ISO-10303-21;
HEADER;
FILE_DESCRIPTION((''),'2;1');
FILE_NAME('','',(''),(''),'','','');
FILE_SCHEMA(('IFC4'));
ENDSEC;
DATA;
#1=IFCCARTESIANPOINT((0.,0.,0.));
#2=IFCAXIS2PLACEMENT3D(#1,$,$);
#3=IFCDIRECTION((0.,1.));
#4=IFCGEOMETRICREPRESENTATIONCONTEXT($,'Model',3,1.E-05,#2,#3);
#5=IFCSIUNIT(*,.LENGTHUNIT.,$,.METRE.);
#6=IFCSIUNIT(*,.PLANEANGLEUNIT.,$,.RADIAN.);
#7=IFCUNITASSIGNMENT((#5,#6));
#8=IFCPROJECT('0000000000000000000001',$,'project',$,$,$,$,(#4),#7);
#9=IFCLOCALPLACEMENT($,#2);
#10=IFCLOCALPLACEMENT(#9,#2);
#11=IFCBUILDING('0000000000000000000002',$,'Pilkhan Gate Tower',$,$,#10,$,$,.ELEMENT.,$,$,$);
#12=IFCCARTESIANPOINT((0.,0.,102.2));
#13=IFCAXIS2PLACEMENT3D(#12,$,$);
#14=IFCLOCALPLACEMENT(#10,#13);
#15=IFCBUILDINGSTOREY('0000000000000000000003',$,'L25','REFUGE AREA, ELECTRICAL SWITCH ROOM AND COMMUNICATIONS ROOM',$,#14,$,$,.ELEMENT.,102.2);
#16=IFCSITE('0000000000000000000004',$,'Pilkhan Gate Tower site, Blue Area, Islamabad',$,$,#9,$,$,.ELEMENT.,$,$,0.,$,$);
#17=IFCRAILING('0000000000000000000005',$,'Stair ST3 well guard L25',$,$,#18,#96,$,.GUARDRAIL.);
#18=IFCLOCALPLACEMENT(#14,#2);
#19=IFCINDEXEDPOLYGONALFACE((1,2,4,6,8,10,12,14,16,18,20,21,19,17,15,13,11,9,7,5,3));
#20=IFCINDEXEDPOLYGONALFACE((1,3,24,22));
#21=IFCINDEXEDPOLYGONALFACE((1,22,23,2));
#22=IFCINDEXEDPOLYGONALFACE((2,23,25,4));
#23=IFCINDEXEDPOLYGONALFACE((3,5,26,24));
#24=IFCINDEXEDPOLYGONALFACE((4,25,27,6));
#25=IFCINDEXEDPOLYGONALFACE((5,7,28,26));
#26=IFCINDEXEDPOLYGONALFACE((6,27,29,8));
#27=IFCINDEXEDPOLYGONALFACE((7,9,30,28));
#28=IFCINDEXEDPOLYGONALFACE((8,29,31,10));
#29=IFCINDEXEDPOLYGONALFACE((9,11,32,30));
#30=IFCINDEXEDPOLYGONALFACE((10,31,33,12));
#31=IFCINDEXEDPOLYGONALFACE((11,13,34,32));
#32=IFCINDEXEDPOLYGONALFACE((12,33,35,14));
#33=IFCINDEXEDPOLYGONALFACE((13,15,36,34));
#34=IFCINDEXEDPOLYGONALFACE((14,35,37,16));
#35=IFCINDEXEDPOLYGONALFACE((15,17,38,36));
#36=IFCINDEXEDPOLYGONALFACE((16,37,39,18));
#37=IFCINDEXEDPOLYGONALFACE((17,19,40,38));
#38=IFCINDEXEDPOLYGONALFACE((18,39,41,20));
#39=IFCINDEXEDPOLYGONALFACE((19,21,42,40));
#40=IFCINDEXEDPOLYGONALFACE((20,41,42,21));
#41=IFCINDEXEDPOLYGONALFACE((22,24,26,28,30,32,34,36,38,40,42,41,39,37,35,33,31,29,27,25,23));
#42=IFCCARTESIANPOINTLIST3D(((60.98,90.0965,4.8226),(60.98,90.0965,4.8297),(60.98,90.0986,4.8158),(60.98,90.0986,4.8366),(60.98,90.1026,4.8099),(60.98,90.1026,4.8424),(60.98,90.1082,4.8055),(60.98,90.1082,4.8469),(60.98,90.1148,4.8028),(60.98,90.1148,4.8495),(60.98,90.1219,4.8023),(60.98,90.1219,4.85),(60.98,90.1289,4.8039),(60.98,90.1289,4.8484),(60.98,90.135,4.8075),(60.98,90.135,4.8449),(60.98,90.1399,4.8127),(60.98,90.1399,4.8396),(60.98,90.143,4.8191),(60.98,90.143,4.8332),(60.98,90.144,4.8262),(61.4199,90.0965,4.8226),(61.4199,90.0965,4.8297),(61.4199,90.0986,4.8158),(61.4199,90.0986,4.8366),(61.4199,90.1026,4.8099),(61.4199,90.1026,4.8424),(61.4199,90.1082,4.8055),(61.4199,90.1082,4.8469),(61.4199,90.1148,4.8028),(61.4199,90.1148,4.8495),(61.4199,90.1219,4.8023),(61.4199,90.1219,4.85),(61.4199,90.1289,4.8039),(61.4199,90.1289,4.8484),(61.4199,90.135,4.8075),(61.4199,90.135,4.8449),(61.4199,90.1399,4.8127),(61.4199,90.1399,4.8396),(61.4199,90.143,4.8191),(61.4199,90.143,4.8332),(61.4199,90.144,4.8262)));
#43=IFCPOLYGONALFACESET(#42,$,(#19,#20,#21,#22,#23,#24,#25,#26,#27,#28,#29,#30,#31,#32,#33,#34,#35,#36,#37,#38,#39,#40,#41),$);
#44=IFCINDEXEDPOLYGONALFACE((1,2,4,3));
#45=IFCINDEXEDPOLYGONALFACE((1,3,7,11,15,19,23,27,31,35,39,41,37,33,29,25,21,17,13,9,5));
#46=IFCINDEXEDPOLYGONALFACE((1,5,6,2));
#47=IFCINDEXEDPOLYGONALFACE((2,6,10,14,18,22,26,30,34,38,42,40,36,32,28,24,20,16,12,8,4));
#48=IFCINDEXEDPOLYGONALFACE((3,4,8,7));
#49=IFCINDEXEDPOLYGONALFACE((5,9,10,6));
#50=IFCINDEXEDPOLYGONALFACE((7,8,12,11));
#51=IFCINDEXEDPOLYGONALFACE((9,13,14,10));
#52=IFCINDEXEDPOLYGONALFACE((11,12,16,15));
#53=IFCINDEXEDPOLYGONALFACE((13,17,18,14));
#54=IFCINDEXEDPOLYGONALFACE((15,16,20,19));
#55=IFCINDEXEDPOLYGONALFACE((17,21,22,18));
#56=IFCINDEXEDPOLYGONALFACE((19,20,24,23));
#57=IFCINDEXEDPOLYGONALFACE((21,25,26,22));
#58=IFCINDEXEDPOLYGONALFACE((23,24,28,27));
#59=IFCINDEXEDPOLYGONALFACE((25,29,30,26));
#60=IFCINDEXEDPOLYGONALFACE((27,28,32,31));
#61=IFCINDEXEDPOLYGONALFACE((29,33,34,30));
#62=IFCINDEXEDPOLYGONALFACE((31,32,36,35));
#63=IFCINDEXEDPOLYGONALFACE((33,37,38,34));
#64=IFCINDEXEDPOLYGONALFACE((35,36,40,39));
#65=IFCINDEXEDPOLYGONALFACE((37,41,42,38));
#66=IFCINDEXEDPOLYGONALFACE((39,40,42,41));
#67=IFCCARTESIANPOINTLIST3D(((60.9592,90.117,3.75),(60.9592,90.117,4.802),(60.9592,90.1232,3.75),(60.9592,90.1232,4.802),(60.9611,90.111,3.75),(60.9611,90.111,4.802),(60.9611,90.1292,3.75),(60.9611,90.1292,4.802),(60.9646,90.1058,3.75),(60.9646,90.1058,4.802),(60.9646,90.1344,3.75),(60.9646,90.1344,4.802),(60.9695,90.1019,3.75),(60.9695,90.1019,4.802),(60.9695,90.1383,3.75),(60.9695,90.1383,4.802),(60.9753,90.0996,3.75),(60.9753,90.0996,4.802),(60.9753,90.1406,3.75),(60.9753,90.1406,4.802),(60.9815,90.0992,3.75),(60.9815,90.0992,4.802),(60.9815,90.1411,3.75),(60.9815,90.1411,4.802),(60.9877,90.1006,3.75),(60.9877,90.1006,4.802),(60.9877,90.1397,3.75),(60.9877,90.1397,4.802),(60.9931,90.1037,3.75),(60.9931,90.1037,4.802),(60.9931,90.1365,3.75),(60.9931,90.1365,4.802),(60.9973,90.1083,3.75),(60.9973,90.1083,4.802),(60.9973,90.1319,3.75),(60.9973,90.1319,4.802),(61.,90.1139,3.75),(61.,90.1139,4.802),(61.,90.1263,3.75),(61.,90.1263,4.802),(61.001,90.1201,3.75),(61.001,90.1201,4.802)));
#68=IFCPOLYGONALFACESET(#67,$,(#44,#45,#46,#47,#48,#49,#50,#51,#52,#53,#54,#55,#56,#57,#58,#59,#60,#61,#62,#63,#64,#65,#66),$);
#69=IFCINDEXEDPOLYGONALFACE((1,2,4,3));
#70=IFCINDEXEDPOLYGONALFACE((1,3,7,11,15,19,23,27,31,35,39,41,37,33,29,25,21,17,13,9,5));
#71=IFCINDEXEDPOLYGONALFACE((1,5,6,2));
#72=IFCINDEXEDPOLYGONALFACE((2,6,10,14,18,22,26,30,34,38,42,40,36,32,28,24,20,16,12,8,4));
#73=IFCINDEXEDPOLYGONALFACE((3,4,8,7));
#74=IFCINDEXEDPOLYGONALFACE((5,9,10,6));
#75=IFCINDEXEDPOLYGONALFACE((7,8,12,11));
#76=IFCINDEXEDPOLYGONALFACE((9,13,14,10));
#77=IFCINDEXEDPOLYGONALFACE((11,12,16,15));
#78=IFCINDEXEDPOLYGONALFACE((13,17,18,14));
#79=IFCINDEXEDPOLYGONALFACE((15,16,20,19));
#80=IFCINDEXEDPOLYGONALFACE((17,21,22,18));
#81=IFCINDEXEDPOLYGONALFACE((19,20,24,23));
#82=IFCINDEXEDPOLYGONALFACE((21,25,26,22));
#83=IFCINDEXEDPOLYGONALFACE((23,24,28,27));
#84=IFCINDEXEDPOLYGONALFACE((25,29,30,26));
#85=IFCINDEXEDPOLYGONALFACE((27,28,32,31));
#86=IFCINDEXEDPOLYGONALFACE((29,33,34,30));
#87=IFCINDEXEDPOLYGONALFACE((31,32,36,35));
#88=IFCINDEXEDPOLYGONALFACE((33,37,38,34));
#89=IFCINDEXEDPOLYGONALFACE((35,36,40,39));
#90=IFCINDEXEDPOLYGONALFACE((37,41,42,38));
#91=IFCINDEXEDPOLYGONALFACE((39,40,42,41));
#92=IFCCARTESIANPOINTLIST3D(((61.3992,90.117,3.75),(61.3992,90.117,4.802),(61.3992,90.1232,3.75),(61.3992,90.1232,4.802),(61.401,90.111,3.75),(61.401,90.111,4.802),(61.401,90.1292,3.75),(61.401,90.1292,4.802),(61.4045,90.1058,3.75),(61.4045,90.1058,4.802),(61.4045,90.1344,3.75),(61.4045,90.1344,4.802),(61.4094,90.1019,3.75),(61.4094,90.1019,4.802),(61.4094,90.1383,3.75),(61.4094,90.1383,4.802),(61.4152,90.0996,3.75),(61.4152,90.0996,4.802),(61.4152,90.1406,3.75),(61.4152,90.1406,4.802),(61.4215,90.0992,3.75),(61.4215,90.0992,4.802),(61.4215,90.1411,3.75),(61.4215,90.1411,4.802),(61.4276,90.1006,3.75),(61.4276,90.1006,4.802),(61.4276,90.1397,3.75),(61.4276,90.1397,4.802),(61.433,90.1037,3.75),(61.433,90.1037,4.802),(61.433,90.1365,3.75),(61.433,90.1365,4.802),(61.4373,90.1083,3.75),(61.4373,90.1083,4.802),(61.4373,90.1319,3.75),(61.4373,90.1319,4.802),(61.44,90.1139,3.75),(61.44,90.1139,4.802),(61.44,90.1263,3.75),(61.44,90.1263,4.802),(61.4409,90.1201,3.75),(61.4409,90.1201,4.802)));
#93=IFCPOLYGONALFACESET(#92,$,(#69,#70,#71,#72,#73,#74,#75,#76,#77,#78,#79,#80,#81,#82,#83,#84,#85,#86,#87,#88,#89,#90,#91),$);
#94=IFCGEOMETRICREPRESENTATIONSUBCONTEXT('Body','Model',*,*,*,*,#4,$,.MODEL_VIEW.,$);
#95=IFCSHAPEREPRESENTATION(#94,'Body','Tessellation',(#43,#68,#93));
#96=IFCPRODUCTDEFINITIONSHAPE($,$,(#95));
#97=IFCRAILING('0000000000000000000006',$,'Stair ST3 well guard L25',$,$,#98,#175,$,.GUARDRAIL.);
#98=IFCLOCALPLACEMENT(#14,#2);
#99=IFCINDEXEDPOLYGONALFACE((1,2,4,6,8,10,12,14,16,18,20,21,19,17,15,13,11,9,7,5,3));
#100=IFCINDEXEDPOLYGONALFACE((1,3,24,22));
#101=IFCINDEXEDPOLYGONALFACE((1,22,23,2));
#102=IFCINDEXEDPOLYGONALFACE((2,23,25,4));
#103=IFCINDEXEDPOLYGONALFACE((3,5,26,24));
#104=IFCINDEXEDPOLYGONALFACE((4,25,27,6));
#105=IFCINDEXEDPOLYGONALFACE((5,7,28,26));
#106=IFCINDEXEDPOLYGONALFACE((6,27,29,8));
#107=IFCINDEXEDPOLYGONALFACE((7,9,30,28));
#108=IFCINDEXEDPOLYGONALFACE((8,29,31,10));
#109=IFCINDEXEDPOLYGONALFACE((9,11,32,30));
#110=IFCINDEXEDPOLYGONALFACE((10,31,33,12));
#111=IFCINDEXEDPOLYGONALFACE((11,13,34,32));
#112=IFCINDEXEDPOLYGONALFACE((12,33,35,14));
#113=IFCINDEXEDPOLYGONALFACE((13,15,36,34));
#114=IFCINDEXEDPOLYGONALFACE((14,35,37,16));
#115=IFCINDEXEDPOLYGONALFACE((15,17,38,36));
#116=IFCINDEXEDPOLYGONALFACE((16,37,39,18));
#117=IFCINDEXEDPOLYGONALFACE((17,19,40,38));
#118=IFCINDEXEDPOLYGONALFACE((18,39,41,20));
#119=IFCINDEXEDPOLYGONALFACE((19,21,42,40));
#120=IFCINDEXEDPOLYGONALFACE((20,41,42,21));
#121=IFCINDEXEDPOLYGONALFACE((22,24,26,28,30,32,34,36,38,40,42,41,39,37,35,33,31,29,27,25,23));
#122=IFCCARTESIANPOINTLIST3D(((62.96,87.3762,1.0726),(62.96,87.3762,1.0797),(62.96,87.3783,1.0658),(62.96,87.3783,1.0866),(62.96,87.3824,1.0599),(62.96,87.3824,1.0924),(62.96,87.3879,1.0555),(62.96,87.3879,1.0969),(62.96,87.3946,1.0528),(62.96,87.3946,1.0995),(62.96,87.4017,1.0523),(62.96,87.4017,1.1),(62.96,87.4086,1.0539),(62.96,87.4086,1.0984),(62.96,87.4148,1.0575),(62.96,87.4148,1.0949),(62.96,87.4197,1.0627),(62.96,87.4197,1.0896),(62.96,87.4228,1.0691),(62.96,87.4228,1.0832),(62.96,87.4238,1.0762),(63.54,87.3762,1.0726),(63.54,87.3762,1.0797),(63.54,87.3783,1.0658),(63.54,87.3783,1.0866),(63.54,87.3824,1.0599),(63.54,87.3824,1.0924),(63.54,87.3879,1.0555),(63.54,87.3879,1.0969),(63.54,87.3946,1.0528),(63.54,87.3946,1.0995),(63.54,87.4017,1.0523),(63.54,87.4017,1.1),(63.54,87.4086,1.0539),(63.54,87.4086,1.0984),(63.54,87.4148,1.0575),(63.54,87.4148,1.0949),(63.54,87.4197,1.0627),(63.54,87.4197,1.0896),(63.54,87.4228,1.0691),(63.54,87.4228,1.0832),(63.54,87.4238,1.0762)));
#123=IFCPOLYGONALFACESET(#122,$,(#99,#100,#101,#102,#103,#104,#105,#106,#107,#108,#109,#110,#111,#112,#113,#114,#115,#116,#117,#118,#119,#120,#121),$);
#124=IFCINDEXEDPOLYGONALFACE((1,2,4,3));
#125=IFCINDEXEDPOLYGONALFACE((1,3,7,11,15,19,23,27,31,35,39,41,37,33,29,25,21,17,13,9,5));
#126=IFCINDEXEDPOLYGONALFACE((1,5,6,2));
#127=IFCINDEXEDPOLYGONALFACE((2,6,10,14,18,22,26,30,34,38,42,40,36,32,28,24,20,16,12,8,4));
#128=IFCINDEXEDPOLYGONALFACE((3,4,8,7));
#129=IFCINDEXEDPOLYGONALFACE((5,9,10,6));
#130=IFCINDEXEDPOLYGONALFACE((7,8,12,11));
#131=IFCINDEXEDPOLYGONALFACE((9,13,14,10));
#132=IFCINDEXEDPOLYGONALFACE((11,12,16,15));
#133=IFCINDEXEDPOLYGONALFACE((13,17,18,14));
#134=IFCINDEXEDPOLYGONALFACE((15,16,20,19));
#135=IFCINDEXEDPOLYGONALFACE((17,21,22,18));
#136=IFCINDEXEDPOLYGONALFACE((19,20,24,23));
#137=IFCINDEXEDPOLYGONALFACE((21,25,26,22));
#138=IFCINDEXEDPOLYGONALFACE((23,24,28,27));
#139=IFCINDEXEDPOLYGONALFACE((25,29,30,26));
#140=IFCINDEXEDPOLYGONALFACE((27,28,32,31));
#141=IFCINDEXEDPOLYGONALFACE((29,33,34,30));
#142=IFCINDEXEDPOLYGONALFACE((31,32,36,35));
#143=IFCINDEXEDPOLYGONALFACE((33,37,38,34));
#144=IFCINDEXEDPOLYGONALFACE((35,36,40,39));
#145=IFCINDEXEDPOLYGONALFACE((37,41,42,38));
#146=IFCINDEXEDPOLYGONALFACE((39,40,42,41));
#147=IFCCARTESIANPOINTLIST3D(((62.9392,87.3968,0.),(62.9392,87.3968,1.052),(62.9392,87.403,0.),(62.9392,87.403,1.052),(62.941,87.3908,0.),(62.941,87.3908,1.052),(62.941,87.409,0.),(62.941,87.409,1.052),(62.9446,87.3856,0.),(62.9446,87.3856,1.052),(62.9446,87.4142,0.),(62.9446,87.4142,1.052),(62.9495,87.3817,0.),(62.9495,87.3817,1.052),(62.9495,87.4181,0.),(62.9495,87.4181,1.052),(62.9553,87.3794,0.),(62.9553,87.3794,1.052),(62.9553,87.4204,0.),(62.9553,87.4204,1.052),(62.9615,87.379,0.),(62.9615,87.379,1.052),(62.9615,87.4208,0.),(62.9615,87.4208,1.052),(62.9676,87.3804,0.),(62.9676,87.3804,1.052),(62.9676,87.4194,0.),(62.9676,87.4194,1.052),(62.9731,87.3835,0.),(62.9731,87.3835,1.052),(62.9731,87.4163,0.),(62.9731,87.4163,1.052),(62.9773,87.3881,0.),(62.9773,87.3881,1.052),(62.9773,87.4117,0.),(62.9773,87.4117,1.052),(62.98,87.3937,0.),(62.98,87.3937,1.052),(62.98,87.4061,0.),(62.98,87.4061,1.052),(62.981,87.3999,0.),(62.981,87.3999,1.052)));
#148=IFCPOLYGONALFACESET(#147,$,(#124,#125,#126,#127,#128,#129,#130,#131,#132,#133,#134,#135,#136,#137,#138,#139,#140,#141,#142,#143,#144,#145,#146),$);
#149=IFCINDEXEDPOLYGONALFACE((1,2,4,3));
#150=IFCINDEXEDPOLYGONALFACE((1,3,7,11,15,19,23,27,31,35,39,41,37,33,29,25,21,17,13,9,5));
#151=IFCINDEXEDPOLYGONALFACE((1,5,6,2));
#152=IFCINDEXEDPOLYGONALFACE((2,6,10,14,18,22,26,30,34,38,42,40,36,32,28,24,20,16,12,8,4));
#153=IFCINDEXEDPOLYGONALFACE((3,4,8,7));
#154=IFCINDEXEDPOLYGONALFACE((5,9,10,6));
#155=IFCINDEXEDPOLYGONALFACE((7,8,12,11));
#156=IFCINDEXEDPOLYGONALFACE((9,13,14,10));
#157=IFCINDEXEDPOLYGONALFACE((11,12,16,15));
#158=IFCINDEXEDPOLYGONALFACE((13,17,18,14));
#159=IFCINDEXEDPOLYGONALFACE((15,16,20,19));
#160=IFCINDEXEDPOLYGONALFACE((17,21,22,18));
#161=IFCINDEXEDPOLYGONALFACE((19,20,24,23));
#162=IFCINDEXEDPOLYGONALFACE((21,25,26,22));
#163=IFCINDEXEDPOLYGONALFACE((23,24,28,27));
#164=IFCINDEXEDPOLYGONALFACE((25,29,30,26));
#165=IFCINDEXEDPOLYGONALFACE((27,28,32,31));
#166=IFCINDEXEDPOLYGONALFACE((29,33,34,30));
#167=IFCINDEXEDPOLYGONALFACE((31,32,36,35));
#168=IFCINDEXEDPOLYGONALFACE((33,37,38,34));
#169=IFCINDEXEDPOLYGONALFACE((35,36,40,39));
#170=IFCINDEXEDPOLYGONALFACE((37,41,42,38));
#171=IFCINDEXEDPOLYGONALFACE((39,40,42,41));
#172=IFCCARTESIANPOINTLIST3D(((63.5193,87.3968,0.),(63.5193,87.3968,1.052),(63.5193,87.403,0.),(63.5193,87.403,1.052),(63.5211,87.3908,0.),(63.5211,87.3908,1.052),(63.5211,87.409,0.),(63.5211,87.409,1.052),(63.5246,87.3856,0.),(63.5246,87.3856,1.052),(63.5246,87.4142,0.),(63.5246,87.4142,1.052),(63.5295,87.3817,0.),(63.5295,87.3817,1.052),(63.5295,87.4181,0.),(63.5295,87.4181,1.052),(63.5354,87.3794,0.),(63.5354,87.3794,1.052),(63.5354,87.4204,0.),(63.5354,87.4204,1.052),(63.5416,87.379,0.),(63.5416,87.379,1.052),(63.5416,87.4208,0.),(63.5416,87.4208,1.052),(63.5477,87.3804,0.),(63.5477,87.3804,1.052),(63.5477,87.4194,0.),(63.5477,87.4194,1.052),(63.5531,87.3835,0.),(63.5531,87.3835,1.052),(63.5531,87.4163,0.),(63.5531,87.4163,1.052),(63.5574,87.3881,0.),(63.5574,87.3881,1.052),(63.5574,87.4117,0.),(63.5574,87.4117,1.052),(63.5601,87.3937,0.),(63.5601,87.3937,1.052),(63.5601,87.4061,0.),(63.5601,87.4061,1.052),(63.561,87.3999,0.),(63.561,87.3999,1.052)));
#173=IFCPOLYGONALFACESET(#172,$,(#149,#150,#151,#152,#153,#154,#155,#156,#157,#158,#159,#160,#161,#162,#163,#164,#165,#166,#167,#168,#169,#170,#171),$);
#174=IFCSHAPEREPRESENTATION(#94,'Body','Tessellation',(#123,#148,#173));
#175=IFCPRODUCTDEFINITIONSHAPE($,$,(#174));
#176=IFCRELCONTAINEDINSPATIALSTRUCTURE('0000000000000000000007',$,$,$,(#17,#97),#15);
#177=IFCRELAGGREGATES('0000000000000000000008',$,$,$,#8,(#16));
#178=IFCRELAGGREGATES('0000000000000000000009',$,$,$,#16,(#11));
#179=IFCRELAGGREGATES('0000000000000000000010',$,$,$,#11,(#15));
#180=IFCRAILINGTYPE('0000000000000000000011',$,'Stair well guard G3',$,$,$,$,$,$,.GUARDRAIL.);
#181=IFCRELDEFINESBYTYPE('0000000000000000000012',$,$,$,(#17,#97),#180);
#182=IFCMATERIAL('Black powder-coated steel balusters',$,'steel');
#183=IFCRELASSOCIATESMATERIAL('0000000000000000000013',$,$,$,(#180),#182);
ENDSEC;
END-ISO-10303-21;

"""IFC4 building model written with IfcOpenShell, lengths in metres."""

from ifc_helpers import new_model, si_unit, direction, frame, origin, origin_2d, place, context, subcontext, project, spatial, circle, extrude, material, type_object, element, save


model = new_model("IFC4")

# Units and contexts
model_context = context("Model", 3, precision=1e-05, world=origin(), true_north=direction((0.0, 1.0)))
body_context = subcontext(model_context, "Body", "Model", "MODEL_VIEW")
ifc_project = project(units=[si_unit("LENGTHUNIT", "METRE"), si_unit("PLANEANGLEUNIT", "RADIAN")], contexts=[model_context])

# Site, building, storey
site_placement = place(None, origin())
site = spatial("IfcSite", under=ifc_project, at=site_placement, Name="Pilkhan Gate Tower site, Blue Area, Islamabad", CompositionType="ELEMENT", RefElevation=0.0)
building_placement = place(site_placement, origin())
building = spatial("IfcBuilding", under=site, at=building_placement, Name="Pilkhan Gate Tower", CompositionType="ELEMENT")
storey_placement = place(building_placement, frame((0.0, 0.0, 102.2)))
storey = spatial("IfcBuildingStorey", under=building, at=storey_placement, Name="L25", Description="REFUGE AREA, ELECTRICAL SWITCH ROOM AND COMMUNICATIONS ROOM", CompositionType="ELEMENT", Elevation=102.2)

# Railings
ifc_material_1 = material(Name="Black powder-coated steel balusters", Category="steel")
railing_type_1 = type_object("IfcRailingType", Name="Stair well guard G3", PredefinedType="GUARDRAIL", material=ifc_material_1)
railing_1_placement = place(storey_placement, frame((60.98, 90.1201, 3.75)))
element("IfcRailing", 1, at=railing_1_placement, inside=storey, type_object=railing_type_1, Name="Stair ST3 well guard L25", PredefinedType="GUARDRAIL", context=body_context, shape_type="SweptSolid", body=[
    extrude(circle(Radius=0.0239, at=origin_2d()), frame((0.0, 0.0, 1.0762), z_axis=(1.0, 0.0, 0.0), x_axis=(0.0, 1.0, 0.0)), (0.0, 0.0, 1.0), 0.4399),
    extrude(circle(Radius=0.021, at=origin_2d()), origin(), (0.0, 0.0, 1.0), 1.052),
    extrude(circle(Radius=0.021, at=origin_2d()), frame((0.4399, 0.0, 0.0)), (0.0, 0.0, 1.0), 1.052),
])
for number, where, name in (
    (2, (62.96, 87.3999, 0.0), "Stair ST3 well guard L25"),
):
    element("IfcRailing", number, at=place(storey_placement, frame(where)), inside=storey, type_object=railing_type_1, Name=name, PredefinedType="GUARDRAIL", context=body_context, shape_type="SweptSolid", body=[
        extrude(circle(Radius=0.0239, at=origin_2d()), frame((0.0, 0.0, 1.0762), z_axis=(1.0, 0.0, 0.0), x_axis=(0.0, 1.0, 0.0)), (0.0, 0.0, 1.0), 0.5801),
        extrude(circle(Radius=0.021, at=origin_2d()), origin(), (0.0, 0.0, 1.0), 1.052),
        extrude(circle(Radius=0.021, at=origin_2d()), frame((0.5801, 0.0, 0.0)), (0.0, 0.0, 1.0), 1.052),
    ])

save(model, "model.ifc")
